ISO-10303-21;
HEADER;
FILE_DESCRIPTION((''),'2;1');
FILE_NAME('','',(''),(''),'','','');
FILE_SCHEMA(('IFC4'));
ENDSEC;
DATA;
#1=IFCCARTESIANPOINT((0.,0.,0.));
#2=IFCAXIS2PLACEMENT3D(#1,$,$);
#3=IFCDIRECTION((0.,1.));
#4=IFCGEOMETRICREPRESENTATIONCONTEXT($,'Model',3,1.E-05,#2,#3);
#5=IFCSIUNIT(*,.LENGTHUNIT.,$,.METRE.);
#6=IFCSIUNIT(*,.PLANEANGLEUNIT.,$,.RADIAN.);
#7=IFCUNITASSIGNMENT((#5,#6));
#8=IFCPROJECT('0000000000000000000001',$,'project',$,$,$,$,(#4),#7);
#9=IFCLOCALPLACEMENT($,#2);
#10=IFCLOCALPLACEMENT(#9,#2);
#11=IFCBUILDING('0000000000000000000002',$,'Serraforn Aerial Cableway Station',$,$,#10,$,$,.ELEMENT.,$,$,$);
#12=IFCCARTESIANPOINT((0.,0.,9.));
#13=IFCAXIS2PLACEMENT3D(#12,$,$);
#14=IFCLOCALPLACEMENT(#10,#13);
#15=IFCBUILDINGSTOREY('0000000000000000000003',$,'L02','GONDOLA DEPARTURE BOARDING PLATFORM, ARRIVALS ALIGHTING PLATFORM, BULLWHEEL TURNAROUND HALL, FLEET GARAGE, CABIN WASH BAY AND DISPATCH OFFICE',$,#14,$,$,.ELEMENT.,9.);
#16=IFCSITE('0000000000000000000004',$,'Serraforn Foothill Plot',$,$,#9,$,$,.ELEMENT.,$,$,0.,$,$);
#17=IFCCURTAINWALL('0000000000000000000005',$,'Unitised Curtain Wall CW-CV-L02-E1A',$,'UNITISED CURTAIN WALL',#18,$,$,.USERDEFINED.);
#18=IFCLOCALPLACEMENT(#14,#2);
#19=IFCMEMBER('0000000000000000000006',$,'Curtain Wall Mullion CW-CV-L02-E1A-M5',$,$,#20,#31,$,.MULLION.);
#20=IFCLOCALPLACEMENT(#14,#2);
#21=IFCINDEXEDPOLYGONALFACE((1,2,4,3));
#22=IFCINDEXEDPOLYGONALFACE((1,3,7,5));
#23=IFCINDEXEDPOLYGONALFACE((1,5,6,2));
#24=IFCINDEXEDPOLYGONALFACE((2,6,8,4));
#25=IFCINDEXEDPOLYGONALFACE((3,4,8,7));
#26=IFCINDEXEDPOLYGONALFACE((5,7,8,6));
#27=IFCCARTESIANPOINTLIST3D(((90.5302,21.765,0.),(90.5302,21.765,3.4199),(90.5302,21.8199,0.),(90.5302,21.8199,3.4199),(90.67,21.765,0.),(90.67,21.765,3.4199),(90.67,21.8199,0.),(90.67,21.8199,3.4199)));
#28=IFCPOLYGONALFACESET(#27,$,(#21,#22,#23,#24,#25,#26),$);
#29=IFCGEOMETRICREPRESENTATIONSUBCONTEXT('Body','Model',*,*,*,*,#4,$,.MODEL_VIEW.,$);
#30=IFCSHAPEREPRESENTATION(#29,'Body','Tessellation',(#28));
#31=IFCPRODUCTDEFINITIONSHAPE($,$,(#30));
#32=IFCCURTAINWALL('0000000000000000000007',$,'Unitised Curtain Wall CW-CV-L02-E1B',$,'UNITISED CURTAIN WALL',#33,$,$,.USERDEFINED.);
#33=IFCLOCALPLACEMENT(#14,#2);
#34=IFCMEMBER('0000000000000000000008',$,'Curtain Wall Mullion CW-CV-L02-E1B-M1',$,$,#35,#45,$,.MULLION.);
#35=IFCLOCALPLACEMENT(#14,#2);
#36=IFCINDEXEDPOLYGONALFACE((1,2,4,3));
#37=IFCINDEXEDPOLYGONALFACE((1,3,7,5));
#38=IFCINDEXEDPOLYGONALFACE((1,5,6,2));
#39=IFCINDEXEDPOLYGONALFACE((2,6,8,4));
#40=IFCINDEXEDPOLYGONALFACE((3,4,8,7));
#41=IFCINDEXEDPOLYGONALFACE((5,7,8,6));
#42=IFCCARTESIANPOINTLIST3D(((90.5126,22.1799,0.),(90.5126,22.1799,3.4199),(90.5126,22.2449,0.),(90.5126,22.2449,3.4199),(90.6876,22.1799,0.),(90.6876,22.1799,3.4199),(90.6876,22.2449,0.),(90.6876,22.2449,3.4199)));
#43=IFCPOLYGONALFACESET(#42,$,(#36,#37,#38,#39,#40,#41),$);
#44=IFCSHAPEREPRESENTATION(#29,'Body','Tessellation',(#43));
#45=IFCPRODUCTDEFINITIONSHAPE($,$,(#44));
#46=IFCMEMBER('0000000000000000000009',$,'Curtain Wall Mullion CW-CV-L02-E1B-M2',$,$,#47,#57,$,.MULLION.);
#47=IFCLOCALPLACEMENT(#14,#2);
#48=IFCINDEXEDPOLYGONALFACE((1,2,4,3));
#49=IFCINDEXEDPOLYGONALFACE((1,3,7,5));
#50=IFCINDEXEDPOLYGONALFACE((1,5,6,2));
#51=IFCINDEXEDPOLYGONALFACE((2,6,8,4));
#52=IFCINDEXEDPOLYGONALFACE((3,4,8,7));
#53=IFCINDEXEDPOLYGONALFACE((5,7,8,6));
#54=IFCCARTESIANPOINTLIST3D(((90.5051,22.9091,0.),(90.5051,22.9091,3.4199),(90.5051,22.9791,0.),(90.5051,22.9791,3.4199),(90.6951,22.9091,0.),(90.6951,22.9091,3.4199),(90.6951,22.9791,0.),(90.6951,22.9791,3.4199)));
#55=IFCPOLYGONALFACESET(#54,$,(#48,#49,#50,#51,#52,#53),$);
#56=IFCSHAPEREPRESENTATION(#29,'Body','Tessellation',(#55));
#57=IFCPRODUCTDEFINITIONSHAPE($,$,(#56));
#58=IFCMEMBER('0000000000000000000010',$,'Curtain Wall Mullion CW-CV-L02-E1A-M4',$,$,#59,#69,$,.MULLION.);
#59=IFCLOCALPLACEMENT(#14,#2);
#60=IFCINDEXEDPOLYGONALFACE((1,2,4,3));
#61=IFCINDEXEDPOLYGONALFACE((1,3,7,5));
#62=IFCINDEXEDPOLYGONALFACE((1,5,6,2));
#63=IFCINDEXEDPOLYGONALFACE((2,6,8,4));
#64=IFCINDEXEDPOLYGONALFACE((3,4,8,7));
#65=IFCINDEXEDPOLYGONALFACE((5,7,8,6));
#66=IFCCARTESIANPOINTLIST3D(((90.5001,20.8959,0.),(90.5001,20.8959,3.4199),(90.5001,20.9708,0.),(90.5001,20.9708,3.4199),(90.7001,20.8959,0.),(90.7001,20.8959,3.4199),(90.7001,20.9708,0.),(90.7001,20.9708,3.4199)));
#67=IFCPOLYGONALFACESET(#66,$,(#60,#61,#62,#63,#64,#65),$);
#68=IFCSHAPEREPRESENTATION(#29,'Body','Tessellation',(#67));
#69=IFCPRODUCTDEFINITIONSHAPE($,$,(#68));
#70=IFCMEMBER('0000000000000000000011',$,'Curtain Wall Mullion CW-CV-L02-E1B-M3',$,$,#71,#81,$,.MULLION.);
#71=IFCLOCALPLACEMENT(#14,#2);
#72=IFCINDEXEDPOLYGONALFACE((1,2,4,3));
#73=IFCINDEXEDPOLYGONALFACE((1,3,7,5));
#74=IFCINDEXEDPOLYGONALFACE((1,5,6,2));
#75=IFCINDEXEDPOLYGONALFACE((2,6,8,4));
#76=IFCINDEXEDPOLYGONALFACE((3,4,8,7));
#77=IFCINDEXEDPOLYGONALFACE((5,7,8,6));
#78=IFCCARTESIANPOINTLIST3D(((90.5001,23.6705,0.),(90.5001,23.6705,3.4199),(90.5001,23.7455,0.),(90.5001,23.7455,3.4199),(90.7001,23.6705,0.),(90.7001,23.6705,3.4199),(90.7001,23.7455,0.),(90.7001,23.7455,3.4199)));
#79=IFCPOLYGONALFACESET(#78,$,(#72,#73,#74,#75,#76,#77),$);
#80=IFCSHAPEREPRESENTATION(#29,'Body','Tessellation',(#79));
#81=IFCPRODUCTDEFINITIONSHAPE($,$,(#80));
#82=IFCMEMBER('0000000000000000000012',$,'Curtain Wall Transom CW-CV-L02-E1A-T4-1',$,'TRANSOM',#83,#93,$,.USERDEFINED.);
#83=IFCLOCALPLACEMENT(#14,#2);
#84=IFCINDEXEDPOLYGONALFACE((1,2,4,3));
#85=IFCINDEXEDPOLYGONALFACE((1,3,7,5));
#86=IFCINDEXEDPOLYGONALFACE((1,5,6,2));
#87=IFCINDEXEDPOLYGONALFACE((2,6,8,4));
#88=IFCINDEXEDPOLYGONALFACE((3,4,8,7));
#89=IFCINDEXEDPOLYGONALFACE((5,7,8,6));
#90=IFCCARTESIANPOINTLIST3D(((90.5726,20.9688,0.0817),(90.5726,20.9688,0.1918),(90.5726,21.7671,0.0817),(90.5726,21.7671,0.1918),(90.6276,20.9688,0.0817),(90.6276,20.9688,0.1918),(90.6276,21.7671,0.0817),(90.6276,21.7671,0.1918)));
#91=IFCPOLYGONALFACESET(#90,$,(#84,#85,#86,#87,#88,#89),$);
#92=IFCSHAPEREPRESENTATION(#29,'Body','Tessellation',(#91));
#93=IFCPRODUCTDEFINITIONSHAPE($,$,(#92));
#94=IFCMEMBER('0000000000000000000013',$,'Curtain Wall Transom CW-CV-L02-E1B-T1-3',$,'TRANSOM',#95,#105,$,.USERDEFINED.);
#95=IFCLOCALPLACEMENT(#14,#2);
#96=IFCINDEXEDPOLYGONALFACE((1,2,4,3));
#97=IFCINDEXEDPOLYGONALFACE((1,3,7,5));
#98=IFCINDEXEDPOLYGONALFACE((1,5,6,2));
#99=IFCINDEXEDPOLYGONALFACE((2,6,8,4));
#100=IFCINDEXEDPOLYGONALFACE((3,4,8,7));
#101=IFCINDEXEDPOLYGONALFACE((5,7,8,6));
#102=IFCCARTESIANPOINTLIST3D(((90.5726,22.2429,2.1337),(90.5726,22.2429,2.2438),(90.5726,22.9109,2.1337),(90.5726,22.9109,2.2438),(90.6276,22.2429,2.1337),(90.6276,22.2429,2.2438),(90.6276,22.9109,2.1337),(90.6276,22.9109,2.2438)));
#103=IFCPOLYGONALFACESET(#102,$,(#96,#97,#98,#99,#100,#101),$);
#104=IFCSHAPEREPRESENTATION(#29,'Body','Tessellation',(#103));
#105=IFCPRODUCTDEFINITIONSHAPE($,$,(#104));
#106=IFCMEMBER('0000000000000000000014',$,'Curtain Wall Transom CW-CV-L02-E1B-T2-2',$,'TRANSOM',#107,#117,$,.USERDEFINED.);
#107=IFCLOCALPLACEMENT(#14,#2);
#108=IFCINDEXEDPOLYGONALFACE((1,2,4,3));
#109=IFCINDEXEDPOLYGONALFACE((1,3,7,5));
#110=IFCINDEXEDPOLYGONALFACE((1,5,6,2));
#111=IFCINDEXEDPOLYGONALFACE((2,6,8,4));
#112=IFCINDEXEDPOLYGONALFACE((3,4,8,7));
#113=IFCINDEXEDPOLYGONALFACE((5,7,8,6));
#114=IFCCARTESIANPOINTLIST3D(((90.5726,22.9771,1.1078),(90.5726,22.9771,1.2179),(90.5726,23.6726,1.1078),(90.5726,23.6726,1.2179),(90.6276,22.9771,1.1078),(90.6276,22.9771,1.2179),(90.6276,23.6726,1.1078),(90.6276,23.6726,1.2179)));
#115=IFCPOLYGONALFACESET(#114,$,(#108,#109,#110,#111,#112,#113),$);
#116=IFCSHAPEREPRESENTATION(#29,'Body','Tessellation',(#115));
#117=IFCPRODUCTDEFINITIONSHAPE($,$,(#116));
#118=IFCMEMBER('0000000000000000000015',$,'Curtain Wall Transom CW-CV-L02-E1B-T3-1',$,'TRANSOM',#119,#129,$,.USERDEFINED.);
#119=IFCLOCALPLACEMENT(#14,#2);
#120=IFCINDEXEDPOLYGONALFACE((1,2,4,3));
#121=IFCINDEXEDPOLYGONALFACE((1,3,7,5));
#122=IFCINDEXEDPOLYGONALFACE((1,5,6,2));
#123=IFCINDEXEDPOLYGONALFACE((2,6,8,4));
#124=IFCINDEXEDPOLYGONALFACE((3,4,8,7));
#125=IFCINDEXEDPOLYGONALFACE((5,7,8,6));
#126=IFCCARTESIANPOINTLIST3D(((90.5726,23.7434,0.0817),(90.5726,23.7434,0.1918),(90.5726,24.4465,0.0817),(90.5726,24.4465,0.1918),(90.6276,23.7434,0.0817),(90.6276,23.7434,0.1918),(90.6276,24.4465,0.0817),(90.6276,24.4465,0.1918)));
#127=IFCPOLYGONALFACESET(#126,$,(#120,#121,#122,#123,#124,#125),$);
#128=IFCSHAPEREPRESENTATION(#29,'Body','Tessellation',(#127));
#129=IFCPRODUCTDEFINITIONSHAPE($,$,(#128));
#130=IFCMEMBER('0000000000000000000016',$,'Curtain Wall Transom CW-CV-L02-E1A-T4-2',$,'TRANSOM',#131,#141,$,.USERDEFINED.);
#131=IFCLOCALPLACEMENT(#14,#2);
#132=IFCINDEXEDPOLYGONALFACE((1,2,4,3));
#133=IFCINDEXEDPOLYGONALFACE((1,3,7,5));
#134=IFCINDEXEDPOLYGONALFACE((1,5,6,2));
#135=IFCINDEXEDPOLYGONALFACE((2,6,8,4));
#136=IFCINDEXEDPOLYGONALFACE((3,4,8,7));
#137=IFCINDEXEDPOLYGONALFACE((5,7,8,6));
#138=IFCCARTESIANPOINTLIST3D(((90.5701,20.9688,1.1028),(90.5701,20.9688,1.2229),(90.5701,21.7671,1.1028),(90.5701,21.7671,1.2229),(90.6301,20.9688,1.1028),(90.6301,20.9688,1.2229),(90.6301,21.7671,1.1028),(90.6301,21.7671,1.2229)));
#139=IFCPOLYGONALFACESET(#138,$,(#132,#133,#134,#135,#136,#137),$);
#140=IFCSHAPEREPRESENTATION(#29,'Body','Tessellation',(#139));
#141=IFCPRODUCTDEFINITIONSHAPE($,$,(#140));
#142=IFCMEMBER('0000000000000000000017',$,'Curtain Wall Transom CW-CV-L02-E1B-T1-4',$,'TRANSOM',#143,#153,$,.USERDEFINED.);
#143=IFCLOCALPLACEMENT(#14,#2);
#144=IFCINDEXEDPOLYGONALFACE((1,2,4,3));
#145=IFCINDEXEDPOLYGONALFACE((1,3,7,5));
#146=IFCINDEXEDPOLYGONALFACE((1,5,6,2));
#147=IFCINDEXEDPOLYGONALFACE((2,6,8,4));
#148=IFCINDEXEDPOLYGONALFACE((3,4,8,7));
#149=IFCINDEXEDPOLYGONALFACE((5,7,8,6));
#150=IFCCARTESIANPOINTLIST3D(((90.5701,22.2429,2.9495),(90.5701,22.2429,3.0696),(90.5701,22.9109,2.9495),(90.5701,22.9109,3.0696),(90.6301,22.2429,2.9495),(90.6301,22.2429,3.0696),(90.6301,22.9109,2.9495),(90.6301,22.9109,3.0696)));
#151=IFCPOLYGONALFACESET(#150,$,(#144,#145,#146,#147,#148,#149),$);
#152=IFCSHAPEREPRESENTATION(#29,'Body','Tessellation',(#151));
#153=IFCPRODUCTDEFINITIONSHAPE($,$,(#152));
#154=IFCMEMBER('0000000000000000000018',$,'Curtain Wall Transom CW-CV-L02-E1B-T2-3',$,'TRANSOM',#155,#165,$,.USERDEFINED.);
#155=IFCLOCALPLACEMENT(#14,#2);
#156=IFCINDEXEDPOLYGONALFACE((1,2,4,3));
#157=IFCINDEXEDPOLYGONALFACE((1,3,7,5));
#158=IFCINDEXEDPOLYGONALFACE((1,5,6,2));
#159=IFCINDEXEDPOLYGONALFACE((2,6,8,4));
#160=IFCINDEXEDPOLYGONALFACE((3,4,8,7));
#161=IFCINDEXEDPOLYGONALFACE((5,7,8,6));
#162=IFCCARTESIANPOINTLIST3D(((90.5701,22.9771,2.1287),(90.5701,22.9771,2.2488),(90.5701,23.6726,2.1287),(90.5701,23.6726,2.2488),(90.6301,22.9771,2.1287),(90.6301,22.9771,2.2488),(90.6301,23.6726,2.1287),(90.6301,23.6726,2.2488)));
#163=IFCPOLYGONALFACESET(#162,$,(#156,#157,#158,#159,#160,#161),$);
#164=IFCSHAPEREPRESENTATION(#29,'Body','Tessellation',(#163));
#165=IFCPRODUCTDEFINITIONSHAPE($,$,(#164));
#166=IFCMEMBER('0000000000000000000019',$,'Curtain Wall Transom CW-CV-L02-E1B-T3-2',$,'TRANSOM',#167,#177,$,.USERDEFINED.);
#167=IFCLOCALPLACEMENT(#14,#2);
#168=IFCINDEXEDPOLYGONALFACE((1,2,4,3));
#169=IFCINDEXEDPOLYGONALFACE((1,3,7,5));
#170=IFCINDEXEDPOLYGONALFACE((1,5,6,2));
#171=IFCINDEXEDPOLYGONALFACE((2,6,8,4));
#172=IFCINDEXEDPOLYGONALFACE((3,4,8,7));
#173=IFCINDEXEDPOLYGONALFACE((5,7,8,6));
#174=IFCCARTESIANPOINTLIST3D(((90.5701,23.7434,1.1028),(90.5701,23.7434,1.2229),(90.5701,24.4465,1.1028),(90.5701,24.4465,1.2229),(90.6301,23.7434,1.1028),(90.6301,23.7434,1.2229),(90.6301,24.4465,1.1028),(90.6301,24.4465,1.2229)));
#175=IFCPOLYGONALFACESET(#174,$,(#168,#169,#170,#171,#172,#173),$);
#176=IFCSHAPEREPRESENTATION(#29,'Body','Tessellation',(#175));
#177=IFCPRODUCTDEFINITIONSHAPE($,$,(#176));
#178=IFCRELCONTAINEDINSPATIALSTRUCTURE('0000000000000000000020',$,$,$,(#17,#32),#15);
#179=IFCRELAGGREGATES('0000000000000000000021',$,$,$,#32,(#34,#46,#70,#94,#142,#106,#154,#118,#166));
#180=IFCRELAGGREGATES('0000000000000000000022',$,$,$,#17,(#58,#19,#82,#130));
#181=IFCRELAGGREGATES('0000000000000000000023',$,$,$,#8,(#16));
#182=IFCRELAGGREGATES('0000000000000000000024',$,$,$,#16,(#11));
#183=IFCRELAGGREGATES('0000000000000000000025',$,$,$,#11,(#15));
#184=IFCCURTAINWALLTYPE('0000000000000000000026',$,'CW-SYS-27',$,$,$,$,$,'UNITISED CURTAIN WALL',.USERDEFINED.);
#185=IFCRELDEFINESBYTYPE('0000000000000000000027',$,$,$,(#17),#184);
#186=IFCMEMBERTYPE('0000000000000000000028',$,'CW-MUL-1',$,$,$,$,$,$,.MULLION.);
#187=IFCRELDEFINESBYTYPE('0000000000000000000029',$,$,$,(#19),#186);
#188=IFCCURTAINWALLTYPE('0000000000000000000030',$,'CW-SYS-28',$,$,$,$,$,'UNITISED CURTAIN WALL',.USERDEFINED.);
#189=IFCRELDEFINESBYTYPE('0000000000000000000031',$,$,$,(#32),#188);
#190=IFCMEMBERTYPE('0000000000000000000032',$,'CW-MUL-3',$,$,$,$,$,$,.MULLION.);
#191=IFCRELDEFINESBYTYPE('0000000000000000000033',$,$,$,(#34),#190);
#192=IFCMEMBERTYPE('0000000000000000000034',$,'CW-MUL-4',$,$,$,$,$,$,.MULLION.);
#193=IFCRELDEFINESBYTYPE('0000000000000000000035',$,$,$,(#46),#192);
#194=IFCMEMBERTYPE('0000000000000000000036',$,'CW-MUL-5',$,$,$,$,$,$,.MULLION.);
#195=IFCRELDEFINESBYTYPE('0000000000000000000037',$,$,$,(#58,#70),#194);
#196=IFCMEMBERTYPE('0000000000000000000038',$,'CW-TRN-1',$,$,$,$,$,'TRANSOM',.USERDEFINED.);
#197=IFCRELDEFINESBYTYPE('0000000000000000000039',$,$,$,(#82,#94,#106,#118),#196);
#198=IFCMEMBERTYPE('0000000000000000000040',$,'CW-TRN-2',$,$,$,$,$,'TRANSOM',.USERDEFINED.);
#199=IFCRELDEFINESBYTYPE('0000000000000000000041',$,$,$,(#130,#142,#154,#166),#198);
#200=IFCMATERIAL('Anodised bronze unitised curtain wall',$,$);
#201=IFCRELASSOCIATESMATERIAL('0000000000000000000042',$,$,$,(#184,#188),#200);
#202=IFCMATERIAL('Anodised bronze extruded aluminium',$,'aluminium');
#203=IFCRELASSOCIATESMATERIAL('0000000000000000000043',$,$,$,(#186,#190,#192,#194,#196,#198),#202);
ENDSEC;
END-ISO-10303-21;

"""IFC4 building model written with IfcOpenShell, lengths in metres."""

from ifc_helpers import new_model, si_unit, direction, frame, origin, origin_2d, place, context, subcontext, project, spatial, rectangle, extrude, material, material_profile, profile_set, type_object, element, aggregate, save


model = new_model("IFC4")

# Units and contexts
model_context = context("Model", 3, precision=1e-05, world=origin(), true_north=direction((0.0, 1.0)))
body_context = subcontext(model_context, "Body", "Model", "MODEL_VIEW")
ifc_project = project(units=[si_unit("LENGTHUNIT", "METRE"), si_unit("PLANEANGLEUNIT", "RADIAN")], contexts=[model_context])

# Site, building, storey
site_placement = place(None, origin())
site = spatial("IfcSite", under=ifc_project, at=site_placement, Name="Serraforn Foothill Plot", CompositionType="ELEMENT", RefElevation=0.0)
building_placement = place(site_placement, origin())
building = spatial("IfcBuilding", under=site, at=building_placement, Name="Serraforn Aerial Cableway Station", CompositionType="ELEMENT")
storey_placement = place(building_placement, frame((0.0, 0.0, 9.0)))
storey = spatial("IfcBuildingStorey", under=building, at=storey_placement, Name="L02", Description="GONDOLA DEPARTURE BOARDING PLATFORM, ARRIVALS ALIGHTING PLATFORM, BULLWHEEL TURNAROUND HALL, FLEET GARAGE, CABIN WASH BAY AND DISPATCH OFFICE", CompositionType="ELEMENT", Elevation=9.0)

# Curtain wall, member
ifc_material_1 = material(Name="Anodised bronze unitised curtain wall")
curtain_wall_type_1 = type_object("IfcCurtainWallType", Name="CW-SYS-27", ElementType="UNITISED CURTAIN WALL", PredefinedType="USERDEFINED", material=ifc_material_1)
curtain_wall_1_placement = place(storey_placement, origin())
curtain_wall_1 = element("IfcCurtainWall", 1, at=curtain_wall_1_placement, inside=storey, type_object=curtain_wall_type_1, Name="Unitised Curtain Wall CW-CV-L02-E1A", ObjectType="UNITISED CURTAIN WALL", PredefinedType="USERDEFINED")
ifc_material_2 = material(Name="Anodised bronze extruded aluminium", Category="aluminium")
ifc_material_profile_1 = material_profile(ifc_material_2, rectangle(XDim=0.0549, YDim=0.1399, at=origin_2d()), Name="CW MULLION 55x140")
ifc_profile_set_1 = profile_set([ifc_material_profile_1], Name="Anodised bronze extruded aluminium")
member_type_1 = type_object("IfcMemberType", Name="CW-MUL-1", PredefinedType="MULLION", material=ifc_profile_set_1)
member_1_placement = place(storey_placement, frame((90.6001, 21.7925, 0.0), z_axis=(0.0, 0.0, 1.0), x_axis=(0.0, 1.0, 0.0)))
member_1 = element("IfcMember", 2, at=member_1_placement, type_object=member_type_1, Name="Curtain Wall Mullion CW-CV-L02-E1A-M5", PredefinedType="MULLION", context=body_context, shape_type="SweptSolid", body=[
    extrude(rectangle(XDim=0.0549, YDim=0.1399, at=origin_2d()), origin(), (0.0, 0.0, 1.0), 3.4199),
])

# Curtain wall, members
curtain_wall_type_2 = type_object("IfcCurtainWallType", Name="CW-SYS-28", ElementType="UNITISED CURTAIN WALL", PredefinedType="USERDEFINED", material=ifc_material_1)
curtain_wall_2_placement = place(storey_placement, origin())
curtain_wall_2 = element("IfcCurtainWall", 3, at=curtain_wall_2_placement, inside=storey, type_object=curtain_wall_type_2, Name="Unitised Curtain Wall CW-CV-L02-E1B", ObjectType="UNITISED CURTAIN WALL", PredefinedType="USERDEFINED")
ifc_material_profile_2 = material_profile(ifc_material_2, rectangle(XDim=0.0649, YDim=0.175, at=origin_2d()), Name="CW MULLION 65x175")
ifc_profile_set_2 = profile_set([ifc_material_profile_2], Name="Anodised bronze extruded aluminium")
member_type_2 = type_object("IfcMemberType", Name="CW-MUL-3", PredefinedType="MULLION", material=ifc_profile_set_2)
member_2_placement = place(storey_placement, frame((90.6001, 22.2124, 0.0), z_axis=(0.0, 0.0, 1.0), x_axis=(0.0, 1.0, 0.0)))
member_2 = element("IfcMember", 4, at=member_2_placement, type_object=member_type_2, Name="Curtain Wall Mullion CW-CV-L02-E1B-M1", PredefinedType="MULLION", context=body_context, shape_type="SweptSolid", body=[
    extrude(rectangle(XDim=0.0649, YDim=0.175, at=origin_2d()), origin(), (0.0, 0.0, 1.0), 3.4199),
])
ifc_material_profile_3 = material_profile(ifc_material_2, rectangle(XDim=0.0701, YDim=0.1899, at=origin_2d()), Name="CW MULLION 70x190")
ifc_profile_set_3 = profile_set([ifc_material_profile_3], Name="Anodised bronze extruded aluminium")
member_type_3 = type_object("IfcMemberType", Name="CW-MUL-4", PredefinedType="MULLION", material=ifc_profile_set_3)
member_3_placement = place(storey_placement, frame((90.6001, 22.9441, 0.0), z_axis=(0.0, 0.0, 1.0), x_axis=(0.0, 1.0, 0.0)))
member_3 = element("IfcMember", 5, at=member_3_placement, type_object=member_type_3, Name="Curtain Wall Mullion CW-CV-L02-E1B-M2", PredefinedType="MULLION", context=body_context, shape_type="SweptSolid", body=[
    extrude(rectangle(XDim=0.0701, YDim=0.1899, at=origin_2d()), origin(), (0.0, 0.0, 1.0), 3.4199),
])

# Members
ifc_material_profile_4 = material_profile(ifc_material_2, rectangle(XDim=0.075, YDim=0.2, at=origin_2d()), Name="CW MULLION 75x200")
ifc_profile_set_4 = profile_set([ifc_material_profile_4], Name="Anodised bronze extruded aluminium")
member_type_4 = type_object("IfcMemberType", Name="CW-MUL-5", PredefinedType="MULLION", material=ifc_profile_set_4)
member_4_placement = place(storey_placement, frame((90.6001, 20.9333, 0.0), z_axis=(0.0, 0.0, 1.0), x_axis=(0.0, 1.0, 0.0)))
member_4 = element("IfcMember", 6, at=member_4_placement, type_object=member_type_4, Name="Curtain Wall Mullion CW-CV-L02-E1A-M4", PredefinedType="MULLION", context=body_context, shape_type="SweptSolid", body=[
    extrude(rectangle(XDim=0.075, YDim=0.2, at=origin_2d()), origin(), (0.0, 0.0, 1.0), 3.4199),
])
member_5_placement = place(storey_placement, frame((90.6001, 23.708, 0.0), z_axis=(0.0, 0.0, 1.0), x_axis=(0.0, 1.0, 0.0)))
member_5 = element("IfcMember", 7, at=member_5_placement, type_object=member_type_4, Name="Curtain Wall Mullion CW-CV-L02-E1B-M3", PredefinedType="MULLION", context=body_context, shape_type="SweptSolid", body=[
    extrude(rectangle(XDim=0.075, YDim=0.2, at=origin_2d()), origin(), (0.0, 0.0, 1.0), 3.4199),
])
ifc_material_profile_5 = material_profile(ifc_material_2, rectangle(XDim=0.0549, YDim=0.1101, at=origin_2d()), Name="CW TRANSOM 55x110")
ifc_profile_set_5 = profile_set([ifc_material_profile_5], Name="Anodised bronze extruded aluminium")
member_type_5 = type_object("IfcMemberType", Name="CW-TRN-1", ElementType="TRANSOM", PredefinedType="USERDEFINED", material=ifc_profile_set_5)
member_6_placement = place(storey_placement, frame((90.6001, 20.9688, 0.1367), z_axis=(0.0, 1.0, 0.0), x_axis=(-1.0, 0.0, 0.0)))
member_6 = element("IfcMember", 8, at=member_6_placement, type_object=member_type_5, Name="Curtain Wall Transom CW-CV-L02-E1A-T4-1", ObjectType="TRANSOM", PredefinedType="USERDEFINED", context=body_context, shape_type="SweptSolid", body=[
    extrude(rectangle(XDim=0.0549, YDim=0.1101, at=origin_2d()), origin(), (0.0, 0.0, 1.0), 0.7983),
])
member_7_placement = place(storey_placement, frame((90.6001, 22.2429, 2.1887), z_axis=(0.0, 1.0, 0.0), x_axis=(-1.0, 0.0, 0.0)))
member_7 = element("IfcMember", 9, at=member_7_placement, type_object=member_type_5, Name="Curtain Wall Transom CW-CV-L02-E1B-T1-3", ObjectType="TRANSOM", PredefinedType="USERDEFINED", context=body_context, shape_type="SweptSolid", body=[
    extrude(rectangle(XDim=0.0549, YDim=0.1101, at=origin_2d()), origin(), (0.0, 0.0, 1.0), 0.668),
])
member_8_placement = place(storey_placement, frame((90.6001, 22.9771, 1.1628), z_axis=(0.0, 1.0, 0.0), x_axis=(-1.0, 0.0, 0.0)))
member_8 = element("IfcMember", 10, at=member_8_placement, type_object=member_type_5, Name="Curtain Wall Transom CW-CV-L02-E1B-T2-2", ObjectType="TRANSOM", PredefinedType="USERDEFINED", context=body_context, shape_type="SweptSolid", body=[
    extrude(rectangle(XDim=0.0549, YDim=0.1101, at=origin_2d()), origin(), (0.0, 0.0, 1.0), 0.6956),
])
member_9_placement = place(storey_placement, frame((90.6001, 23.7434, 0.1367), z_axis=(0.0, 1.0, 0.0), x_axis=(-1.0, 0.0, 0.0)))
member_9 = element("IfcMember", 11, at=member_9_placement, type_object=member_type_5, Name="Curtain Wall Transom CW-CV-L02-E1B-T3-1", ObjectType="TRANSOM", PredefinedType="USERDEFINED", context=body_context, shape_type="SweptSolid", body=[
    extrude(rectangle(XDim=0.0549, YDim=0.1101, at=origin_2d()), origin(), (0.0, 0.0, 1.0), 0.7031),
])
ifc_material_profile_6 = material_profile(ifc_material_2, rectangle(XDim=0.0601, YDim=0.1201, at=origin_2d()), Name="CW TRANSOM 60x120")
ifc_profile_set_6 = profile_set([ifc_material_profile_6], Name="Anodised bronze extruded aluminium")
member_type_6 = type_object("IfcMemberType", Name="CW-TRN-2", ElementType="TRANSOM", PredefinedType="USERDEFINED", material=ifc_profile_set_6)
member_10_placement = place(storey_placement, frame((90.6001, 20.9688, 1.1628), z_axis=(0.0, 1.0, 0.0), x_axis=(-1.0, 0.0, 0.0)))
member_10 = element("IfcMember", 12, at=member_10_placement, type_object=member_type_6, Name="Curtain Wall Transom CW-CV-L02-E1A-T4-2", ObjectType="TRANSOM", PredefinedType="USERDEFINED", context=body_context, shape_type="SweptSolid", body=[
    extrude(rectangle(XDim=0.0601, YDim=0.1201, at=origin_2d()), origin(), (0.0, 0.0, 1.0), 0.7983),
])
member_11_placement = place(storey_placement, frame((90.6001, 22.2429, 3.0095), z_axis=(0.0, 1.0, 0.0), x_axis=(-1.0, 0.0, 0.0)))
member_11 = element("IfcMember", 13, at=member_11_placement, type_object=member_type_6, Name="Curtain Wall Transom CW-CV-L02-E1B-T1-4", ObjectType="TRANSOM", PredefinedType="USERDEFINED", context=body_context, shape_type="SweptSolid", body=[
    extrude(rectangle(XDim=0.0601, YDim=0.1201, at=origin_2d()), origin(), (0.0, 0.0, 1.0), 0.668),
])
member_12_placement = place(storey_placement, frame((90.6001, 22.9771, 2.1887), z_axis=(0.0, 1.0, 0.0), x_axis=(-1.0, 0.0, 0.0)))
member_12 = element("IfcMember", 14, at=member_12_placement, type_object=member_type_6, Name="Curtain Wall Transom CW-CV-L02-E1B-T2-3", ObjectType="TRANSOM", PredefinedType="USERDEFINED", context=body_context, shape_type="SweptSolid", body=[
    extrude(rectangle(XDim=0.0601, YDim=0.1201, at=origin_2d()), origin(), (0.0, 0.0, 1.0), 0.6956),
])
member_13_placement = place(storey_placement, frame((90.6001, 23.7434, 1.1628), z_axis=(0.0, 1.0, 0.0), x_axis=(-1.0, 0.0, 0.0)))
member_13 = element("IfcMember", 15, at=member_13_placement, type_object=member_type_6, Name="Curtain Wall Transom CW-CV-L02-E1B-T3-2", ObjectType="TRANSOM", PredefinedType="USERDEFINED", context=body_context, shape_type="SweptSolid", body=[
    extrude(rectangle(XDim=0.0601, YDim=0.1201, at=origin_2d()), origin(), (0.0, 0.0, 1.0), 0.7031),
])

aggregate(curtain_wall_2, [member_2, member_3, member_5, member_7, member_11, member_8, member_12, member_9, member_13])
aggregate(curtain_wall_1, [member_4, member_1, member_6, member_10])

save(model, "model.ifc")
